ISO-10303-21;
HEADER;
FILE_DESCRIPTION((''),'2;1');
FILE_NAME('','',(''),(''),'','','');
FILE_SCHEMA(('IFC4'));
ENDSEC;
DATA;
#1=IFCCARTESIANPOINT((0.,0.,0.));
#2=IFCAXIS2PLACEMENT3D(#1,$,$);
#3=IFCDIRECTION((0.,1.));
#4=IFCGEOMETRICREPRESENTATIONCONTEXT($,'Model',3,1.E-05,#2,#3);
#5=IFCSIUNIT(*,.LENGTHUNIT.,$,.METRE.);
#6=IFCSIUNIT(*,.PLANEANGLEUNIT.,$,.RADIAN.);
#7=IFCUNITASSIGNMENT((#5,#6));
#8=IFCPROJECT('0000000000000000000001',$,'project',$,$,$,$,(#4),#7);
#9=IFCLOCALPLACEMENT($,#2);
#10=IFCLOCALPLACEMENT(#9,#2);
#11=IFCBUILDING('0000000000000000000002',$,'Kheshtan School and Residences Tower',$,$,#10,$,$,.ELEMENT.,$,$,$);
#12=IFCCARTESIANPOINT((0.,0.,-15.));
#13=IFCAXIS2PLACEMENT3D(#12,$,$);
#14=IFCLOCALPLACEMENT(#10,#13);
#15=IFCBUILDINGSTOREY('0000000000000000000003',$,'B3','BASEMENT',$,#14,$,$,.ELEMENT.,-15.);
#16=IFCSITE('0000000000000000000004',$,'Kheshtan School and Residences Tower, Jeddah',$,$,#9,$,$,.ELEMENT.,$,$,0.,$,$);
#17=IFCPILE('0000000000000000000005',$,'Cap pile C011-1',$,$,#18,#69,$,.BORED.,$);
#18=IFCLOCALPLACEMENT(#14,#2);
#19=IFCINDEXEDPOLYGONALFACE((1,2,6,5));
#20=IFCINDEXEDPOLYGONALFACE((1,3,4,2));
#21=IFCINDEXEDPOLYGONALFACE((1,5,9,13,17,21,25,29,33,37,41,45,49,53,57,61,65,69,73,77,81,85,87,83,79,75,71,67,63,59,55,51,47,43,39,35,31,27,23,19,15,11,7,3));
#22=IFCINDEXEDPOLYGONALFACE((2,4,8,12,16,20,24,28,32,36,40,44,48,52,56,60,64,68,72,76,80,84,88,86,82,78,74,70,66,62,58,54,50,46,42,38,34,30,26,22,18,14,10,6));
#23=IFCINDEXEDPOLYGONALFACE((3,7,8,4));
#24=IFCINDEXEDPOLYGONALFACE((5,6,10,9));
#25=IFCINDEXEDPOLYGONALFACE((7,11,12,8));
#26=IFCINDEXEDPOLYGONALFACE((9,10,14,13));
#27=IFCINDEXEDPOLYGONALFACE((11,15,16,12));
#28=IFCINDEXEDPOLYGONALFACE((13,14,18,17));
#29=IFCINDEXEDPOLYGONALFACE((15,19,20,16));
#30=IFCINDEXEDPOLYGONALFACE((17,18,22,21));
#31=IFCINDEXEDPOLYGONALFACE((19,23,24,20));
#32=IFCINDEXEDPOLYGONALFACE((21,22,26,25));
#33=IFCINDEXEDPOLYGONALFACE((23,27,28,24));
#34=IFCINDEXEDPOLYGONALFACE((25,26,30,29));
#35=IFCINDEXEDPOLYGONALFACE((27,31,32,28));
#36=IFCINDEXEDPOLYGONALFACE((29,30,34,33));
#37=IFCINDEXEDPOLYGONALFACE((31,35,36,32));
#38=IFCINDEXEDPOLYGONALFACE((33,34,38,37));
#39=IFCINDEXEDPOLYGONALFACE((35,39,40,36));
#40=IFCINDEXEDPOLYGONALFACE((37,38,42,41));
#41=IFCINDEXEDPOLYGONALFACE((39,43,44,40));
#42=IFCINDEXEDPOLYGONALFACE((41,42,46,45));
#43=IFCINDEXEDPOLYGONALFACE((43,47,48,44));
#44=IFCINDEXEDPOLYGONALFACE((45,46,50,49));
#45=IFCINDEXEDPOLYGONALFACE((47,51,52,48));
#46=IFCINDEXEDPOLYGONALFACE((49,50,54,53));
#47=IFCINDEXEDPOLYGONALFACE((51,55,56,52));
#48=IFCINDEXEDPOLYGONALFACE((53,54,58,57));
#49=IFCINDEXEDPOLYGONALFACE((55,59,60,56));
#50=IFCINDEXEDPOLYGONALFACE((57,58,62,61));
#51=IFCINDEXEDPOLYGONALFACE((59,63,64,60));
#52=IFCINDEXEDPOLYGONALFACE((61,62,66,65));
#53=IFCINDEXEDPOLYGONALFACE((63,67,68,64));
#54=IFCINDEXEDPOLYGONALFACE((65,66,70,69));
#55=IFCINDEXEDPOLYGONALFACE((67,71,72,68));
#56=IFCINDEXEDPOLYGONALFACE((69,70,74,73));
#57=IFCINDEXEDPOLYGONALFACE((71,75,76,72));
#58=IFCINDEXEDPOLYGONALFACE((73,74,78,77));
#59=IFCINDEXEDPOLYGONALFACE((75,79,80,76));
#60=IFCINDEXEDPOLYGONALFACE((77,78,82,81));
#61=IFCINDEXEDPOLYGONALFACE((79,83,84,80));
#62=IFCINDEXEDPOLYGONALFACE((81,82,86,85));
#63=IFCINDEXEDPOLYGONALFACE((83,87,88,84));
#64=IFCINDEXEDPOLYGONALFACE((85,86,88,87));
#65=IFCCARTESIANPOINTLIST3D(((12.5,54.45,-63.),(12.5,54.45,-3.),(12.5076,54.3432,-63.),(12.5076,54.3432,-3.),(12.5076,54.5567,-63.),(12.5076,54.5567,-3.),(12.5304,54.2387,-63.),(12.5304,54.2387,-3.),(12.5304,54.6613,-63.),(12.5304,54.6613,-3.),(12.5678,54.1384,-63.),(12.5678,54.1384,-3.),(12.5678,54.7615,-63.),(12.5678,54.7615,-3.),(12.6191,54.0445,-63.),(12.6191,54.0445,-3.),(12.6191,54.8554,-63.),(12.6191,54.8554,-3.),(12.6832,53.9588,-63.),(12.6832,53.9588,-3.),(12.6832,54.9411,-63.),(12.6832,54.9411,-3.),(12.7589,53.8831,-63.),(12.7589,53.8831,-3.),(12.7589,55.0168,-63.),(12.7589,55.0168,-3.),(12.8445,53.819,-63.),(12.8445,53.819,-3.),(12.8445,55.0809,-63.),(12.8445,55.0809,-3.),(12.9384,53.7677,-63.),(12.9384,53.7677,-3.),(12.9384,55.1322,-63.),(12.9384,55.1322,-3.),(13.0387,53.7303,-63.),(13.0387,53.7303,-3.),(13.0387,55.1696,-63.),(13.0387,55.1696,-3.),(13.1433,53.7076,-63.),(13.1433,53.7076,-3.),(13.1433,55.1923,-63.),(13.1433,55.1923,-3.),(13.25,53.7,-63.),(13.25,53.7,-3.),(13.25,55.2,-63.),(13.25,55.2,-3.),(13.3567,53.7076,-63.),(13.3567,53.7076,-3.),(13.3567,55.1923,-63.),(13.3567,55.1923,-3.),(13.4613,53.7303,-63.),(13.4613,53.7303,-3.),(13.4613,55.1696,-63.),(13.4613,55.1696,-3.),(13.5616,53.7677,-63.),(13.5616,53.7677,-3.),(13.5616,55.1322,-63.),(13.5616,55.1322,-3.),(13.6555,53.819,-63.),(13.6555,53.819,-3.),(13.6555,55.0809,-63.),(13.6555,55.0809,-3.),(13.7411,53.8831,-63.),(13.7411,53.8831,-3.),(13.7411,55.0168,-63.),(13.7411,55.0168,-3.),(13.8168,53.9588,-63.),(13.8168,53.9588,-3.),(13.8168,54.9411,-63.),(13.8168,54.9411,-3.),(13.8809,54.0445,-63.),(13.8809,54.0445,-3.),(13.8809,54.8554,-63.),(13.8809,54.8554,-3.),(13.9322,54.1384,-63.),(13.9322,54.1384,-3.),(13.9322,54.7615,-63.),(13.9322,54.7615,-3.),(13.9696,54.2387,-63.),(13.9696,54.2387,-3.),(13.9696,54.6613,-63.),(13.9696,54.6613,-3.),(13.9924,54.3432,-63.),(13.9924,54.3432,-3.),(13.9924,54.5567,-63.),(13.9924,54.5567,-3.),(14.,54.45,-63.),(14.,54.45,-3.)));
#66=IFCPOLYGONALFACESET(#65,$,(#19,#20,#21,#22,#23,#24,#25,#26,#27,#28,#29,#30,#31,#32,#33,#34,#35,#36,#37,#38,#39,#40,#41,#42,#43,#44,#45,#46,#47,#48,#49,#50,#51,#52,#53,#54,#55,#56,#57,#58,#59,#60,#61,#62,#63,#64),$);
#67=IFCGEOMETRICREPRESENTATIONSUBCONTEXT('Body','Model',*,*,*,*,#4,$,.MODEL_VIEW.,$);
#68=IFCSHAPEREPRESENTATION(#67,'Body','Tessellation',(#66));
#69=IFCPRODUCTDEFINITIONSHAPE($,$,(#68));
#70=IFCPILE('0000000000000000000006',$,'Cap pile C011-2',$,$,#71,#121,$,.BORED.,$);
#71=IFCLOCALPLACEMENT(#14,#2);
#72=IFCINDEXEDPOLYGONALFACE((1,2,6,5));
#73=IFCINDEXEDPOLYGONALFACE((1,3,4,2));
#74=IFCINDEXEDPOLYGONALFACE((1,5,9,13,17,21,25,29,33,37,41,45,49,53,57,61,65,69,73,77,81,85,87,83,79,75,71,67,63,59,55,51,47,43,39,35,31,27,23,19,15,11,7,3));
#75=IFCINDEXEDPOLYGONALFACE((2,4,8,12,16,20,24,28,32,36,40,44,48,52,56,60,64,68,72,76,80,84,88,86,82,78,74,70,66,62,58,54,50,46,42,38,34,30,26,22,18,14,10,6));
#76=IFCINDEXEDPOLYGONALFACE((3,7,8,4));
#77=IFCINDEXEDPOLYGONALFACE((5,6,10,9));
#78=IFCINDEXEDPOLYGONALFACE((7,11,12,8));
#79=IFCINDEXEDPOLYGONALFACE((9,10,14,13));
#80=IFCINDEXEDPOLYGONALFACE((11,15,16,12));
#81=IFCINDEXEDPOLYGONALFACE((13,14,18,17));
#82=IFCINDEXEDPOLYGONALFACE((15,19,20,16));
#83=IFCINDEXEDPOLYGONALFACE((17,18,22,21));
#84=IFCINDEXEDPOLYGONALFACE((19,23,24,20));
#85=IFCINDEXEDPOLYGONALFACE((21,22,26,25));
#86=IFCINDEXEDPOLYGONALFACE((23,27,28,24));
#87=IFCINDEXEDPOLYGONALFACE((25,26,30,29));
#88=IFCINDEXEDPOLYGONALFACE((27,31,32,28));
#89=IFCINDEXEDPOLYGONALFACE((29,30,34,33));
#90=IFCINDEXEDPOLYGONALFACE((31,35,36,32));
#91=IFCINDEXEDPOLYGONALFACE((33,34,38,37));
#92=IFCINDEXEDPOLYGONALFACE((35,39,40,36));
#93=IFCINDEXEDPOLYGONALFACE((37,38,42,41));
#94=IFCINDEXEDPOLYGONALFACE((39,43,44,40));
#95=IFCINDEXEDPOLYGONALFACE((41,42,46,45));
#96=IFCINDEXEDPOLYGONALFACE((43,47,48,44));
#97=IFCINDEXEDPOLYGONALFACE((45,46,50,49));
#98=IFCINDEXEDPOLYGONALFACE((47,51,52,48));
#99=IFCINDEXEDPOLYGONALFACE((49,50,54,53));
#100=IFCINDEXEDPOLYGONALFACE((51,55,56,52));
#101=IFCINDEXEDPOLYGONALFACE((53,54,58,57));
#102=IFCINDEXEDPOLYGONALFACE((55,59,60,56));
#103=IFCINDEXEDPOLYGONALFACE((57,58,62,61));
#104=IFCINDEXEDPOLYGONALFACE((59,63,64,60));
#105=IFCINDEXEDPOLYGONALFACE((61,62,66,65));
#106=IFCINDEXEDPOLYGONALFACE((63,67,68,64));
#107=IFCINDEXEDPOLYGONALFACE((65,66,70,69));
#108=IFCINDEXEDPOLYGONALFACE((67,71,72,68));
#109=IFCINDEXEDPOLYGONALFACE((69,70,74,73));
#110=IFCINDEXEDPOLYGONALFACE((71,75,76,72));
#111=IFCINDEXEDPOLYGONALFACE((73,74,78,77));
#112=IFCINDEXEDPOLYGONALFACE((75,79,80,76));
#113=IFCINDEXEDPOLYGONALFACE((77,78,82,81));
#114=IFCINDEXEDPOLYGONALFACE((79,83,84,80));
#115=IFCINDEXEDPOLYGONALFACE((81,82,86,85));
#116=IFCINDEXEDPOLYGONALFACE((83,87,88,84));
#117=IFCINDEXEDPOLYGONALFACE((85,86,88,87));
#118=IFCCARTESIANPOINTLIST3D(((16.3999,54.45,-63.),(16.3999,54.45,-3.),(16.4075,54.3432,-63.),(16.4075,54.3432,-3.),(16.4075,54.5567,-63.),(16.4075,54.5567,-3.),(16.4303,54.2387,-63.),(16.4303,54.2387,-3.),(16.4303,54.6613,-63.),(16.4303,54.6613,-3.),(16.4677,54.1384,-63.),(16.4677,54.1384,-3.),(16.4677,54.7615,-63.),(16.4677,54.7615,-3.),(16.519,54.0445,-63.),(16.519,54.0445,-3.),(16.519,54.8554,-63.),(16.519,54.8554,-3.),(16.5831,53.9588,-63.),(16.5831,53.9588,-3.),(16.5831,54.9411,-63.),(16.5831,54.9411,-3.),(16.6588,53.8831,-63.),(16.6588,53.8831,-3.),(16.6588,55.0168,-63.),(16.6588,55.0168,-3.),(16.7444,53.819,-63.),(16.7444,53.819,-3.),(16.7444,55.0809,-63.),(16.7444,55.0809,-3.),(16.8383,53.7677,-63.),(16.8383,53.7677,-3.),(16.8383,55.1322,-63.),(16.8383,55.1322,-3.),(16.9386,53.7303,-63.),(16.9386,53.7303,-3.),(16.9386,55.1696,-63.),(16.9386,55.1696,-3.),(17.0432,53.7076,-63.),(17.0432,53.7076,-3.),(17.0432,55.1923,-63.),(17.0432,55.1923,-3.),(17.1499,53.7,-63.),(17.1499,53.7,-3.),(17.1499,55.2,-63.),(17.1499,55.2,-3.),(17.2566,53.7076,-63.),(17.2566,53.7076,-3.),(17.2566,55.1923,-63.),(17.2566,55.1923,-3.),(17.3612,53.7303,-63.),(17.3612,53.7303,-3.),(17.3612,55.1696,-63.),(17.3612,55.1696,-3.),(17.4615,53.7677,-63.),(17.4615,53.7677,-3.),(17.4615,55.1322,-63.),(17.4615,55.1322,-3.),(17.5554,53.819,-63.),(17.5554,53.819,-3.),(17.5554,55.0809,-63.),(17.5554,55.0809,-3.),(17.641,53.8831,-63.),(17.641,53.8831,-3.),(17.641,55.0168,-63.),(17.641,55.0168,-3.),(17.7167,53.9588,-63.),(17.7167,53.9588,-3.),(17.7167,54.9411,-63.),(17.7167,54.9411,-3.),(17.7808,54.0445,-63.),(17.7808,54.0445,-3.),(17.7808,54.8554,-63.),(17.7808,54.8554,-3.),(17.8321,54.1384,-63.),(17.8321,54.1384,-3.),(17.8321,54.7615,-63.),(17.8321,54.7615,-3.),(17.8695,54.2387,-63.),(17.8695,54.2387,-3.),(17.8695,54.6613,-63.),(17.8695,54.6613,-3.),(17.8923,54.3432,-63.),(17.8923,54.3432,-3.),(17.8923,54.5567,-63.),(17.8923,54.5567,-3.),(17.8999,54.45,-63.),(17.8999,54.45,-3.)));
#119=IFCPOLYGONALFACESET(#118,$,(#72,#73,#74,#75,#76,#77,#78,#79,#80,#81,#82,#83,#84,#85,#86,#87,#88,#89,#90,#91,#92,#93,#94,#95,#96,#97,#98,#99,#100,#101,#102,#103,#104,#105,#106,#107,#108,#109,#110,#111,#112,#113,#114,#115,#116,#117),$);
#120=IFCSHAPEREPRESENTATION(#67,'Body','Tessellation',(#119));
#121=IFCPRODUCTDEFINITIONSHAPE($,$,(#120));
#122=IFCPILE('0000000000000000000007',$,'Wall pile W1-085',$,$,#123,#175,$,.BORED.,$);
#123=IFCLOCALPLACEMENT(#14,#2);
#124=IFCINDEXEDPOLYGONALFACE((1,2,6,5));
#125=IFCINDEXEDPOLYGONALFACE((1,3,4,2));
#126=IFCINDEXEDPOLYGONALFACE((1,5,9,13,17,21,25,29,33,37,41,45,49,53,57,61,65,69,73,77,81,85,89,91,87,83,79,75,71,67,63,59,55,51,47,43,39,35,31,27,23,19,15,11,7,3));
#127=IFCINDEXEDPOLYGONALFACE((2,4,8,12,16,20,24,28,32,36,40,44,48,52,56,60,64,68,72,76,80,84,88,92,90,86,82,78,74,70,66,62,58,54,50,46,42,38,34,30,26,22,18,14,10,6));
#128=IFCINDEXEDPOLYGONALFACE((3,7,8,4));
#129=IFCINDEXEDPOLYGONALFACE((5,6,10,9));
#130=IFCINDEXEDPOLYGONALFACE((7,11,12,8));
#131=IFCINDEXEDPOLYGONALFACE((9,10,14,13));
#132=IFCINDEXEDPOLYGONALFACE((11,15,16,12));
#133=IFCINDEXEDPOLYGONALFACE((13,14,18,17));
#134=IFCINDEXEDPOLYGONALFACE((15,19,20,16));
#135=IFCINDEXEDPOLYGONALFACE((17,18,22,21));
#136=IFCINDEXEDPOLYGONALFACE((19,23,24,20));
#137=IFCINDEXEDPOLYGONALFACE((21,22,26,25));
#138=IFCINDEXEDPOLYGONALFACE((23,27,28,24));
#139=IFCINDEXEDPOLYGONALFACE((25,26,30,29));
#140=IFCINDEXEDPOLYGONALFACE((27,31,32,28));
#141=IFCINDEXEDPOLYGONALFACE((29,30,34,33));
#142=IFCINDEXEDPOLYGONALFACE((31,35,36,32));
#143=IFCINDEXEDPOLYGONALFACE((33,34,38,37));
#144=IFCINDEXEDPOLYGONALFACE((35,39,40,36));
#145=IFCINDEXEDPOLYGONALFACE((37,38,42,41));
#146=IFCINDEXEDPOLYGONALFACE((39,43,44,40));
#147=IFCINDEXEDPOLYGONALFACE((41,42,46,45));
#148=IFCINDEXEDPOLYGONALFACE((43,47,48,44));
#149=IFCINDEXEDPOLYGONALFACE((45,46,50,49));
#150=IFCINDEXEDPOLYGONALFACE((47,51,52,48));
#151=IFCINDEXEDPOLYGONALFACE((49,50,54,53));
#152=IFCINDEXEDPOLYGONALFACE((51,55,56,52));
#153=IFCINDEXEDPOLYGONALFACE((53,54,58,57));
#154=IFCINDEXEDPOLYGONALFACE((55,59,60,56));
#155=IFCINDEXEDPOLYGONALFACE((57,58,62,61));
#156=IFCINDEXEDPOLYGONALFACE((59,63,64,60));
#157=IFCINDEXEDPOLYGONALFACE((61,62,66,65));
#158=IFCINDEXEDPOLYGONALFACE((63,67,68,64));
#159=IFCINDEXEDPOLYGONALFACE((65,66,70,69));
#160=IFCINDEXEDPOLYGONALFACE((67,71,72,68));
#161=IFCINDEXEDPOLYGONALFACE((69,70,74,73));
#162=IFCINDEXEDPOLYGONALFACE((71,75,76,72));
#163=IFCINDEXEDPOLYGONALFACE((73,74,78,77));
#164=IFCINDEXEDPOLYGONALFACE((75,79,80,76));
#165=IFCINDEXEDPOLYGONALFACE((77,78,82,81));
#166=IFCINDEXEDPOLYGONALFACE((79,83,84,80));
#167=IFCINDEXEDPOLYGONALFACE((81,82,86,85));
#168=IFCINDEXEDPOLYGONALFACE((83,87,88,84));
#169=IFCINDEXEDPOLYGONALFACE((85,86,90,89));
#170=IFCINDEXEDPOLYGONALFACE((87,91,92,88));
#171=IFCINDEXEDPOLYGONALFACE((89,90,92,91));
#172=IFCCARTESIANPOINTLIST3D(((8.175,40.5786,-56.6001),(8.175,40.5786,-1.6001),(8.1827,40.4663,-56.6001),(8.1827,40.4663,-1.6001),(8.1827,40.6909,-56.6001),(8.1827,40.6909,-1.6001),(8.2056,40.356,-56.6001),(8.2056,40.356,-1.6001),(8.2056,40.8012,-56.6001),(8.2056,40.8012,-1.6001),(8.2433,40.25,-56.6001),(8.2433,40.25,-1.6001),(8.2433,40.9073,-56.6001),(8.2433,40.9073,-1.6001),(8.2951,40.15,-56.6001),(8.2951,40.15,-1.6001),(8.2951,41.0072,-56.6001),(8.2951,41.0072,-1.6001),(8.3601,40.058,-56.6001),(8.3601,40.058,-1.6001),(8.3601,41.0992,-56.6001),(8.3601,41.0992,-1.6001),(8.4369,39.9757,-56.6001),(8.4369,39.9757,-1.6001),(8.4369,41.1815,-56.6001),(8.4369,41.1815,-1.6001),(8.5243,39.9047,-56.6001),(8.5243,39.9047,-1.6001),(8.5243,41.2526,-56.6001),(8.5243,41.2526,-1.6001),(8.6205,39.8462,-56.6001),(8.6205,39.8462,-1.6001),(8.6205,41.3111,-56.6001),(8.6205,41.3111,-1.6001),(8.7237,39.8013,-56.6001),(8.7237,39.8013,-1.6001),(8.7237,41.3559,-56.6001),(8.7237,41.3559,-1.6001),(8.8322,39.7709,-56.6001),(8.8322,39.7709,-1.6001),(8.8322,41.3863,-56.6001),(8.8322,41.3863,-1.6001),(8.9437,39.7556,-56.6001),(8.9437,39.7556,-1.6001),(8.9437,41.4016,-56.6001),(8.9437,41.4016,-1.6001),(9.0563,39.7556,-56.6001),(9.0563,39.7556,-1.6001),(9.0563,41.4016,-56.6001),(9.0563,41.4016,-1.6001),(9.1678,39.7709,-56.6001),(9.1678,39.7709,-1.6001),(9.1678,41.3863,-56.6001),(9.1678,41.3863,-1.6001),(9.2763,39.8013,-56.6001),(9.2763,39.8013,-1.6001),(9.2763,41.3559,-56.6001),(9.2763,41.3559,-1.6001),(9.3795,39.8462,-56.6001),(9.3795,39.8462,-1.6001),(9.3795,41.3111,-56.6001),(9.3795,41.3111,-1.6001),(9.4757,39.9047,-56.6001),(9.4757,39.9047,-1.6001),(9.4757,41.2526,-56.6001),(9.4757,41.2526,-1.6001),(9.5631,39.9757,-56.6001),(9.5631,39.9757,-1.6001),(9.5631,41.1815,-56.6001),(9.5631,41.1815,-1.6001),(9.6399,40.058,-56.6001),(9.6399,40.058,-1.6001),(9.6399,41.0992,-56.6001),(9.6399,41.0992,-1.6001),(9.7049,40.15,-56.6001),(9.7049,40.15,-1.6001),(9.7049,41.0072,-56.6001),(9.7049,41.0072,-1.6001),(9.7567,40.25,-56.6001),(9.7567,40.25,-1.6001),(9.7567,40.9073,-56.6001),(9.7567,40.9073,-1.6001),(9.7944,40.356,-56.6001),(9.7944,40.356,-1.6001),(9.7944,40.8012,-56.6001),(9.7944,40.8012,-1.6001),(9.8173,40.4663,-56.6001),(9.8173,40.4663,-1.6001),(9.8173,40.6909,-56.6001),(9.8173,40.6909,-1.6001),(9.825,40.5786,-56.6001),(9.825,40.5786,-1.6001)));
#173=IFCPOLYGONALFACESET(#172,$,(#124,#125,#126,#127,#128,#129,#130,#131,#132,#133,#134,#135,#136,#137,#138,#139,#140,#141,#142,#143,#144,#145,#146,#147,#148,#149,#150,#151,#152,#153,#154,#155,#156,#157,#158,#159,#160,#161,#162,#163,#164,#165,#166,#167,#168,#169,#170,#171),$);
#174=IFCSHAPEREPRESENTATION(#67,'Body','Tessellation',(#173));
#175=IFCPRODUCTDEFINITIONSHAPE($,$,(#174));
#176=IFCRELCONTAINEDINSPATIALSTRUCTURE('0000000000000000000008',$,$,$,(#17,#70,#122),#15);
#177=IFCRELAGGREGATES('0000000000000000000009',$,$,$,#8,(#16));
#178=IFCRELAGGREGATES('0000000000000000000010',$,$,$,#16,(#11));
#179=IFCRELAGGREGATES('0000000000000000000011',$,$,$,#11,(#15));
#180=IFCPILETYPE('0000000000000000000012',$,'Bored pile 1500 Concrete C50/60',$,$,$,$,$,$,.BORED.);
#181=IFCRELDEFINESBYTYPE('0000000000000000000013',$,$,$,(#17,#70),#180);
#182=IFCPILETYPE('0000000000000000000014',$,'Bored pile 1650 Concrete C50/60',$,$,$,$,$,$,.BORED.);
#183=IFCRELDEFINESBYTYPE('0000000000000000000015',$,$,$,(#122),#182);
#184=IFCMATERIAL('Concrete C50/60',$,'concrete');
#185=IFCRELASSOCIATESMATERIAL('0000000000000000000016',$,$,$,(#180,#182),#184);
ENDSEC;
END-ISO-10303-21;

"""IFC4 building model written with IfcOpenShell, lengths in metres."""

from ifc_helpers import new_model, si_unit, direction, frame, origin, origin_2d, place, context, subcontext, project, spatial, circle, extrude, material, material_profile, profile_set, type_object, element, save


model = new_model("IFC4")

# Units and contexts
model_context = context("Model", 3, precision=1e-05, world=origin(), true_north=direction((0.0, 1.0)))
body_context = subcontext(model_context, "Body", "Model", "MODEL_VIEW")
ifc_project = project(units=[si_unit("LENGTHUNIT", "METRE"), si_unit("PLANEANGLEUNIT", "RADIAN")], contexts=[model_context])

# Site, building, storey
site_placement = place(None, origin())
site = spatial("IfcSite", under=ifc_project, at=site_placement, Name="Kheshtan School and Residences Tower, Jeddah", CompositionType="ELEMENT", RefElevation=0.0)
building_placement = place(site_placement, origin())
building = spatial("IfcBuilding", under=site, at=building_placement, Name="Kheshtan School and Residences Tower", CompositionType="ELEMENT")
storey_placement = place(building_placement, frame((0.0, 0.0, -15.0)))
storey = spatial("IfcBuildingStorey", under=building, at=storey_placement, Name="B3", Description="BASEMENT", CompositionType="ELEMENT", Elevation=-15.0)

# Piles
ifc_material_1 = material(Name="Concrete C50/60", Category="concrete")
ifc_material_profile_1 = material_profile(ifc_material_1, circle(Radius=0.75, at=origin_2d()), Name="BP 1500")
ifc_profile_set_1 = profile_set([ifc_material_profile_1], Name="Concrete C50/60")
pile_type_1 = type_object("IfcPileType", Name="Bored pile 1500 Concrete C50/60", PredefinedType="BORED", material=ifc_profile_set_1)
for number, where, z_axis, x_axis, name in (
    (1, (13.25, 54.45, -3.0), (0.0, 0.0, -1.0), (1.0, 0.0, 0.0), "Cap pile C011-1"),
    (2, (17.1499, 54.45, -3.0), (0.0, 0.0, -1.0), (1.0, 0.0, 0.0), "Cap pile C011-2"),
):
    element("IfcPile", number, at=place(storey_placement, frame(where, z_axis=z_axis, x_axis=x_axis)), inside=storey, type_object=pile_type_1, Name=name, PredefinedType="BORED", context=body_context, shape_type="SweptSolid", body=[
        extrude(circle(Radius=0.75, at=origin_2d()), origin(), (0.0, 0.0, 1.0), 60.0),
    ])
ifc_material_profile_2 = material_profile(ifc_material_1, circle(Radius=0.825, at=origin_2d()), Name="BP 1650")
ifc_profile_set_2 = profile_set([ifc_material_profile_2], Name="Concrete C50/60")
pile_type_2 = type_object("IfcPileType", Name="Bored pile 1650 Concrete C50/60", PredefinedType="BORED", material=ifc_profile_set_2)
for number, where, z_axis, x_axis, name in (
    (3, (9.0, 40.5786, -1.6001), (0.0, 0.0, -1.0), (1.0, 0.0, 0.0), "Wall pile W1-085"),
):
    element("IfcPile", number, at=place(storey_placement, frame(where, z_axis=z_axis, x_axis=x_axis)), inside=storey, type_object=pile_type_2, Name=name, PredefinedType="BORED", context=body_context, shape_type="SweptSolid", body=[
        extrude(circle(Radius=0.825, at=origin_2d()), origin(), (0.0, 0.0, 1.0), 55.0),
    ])

save(model, "model.ifc")
